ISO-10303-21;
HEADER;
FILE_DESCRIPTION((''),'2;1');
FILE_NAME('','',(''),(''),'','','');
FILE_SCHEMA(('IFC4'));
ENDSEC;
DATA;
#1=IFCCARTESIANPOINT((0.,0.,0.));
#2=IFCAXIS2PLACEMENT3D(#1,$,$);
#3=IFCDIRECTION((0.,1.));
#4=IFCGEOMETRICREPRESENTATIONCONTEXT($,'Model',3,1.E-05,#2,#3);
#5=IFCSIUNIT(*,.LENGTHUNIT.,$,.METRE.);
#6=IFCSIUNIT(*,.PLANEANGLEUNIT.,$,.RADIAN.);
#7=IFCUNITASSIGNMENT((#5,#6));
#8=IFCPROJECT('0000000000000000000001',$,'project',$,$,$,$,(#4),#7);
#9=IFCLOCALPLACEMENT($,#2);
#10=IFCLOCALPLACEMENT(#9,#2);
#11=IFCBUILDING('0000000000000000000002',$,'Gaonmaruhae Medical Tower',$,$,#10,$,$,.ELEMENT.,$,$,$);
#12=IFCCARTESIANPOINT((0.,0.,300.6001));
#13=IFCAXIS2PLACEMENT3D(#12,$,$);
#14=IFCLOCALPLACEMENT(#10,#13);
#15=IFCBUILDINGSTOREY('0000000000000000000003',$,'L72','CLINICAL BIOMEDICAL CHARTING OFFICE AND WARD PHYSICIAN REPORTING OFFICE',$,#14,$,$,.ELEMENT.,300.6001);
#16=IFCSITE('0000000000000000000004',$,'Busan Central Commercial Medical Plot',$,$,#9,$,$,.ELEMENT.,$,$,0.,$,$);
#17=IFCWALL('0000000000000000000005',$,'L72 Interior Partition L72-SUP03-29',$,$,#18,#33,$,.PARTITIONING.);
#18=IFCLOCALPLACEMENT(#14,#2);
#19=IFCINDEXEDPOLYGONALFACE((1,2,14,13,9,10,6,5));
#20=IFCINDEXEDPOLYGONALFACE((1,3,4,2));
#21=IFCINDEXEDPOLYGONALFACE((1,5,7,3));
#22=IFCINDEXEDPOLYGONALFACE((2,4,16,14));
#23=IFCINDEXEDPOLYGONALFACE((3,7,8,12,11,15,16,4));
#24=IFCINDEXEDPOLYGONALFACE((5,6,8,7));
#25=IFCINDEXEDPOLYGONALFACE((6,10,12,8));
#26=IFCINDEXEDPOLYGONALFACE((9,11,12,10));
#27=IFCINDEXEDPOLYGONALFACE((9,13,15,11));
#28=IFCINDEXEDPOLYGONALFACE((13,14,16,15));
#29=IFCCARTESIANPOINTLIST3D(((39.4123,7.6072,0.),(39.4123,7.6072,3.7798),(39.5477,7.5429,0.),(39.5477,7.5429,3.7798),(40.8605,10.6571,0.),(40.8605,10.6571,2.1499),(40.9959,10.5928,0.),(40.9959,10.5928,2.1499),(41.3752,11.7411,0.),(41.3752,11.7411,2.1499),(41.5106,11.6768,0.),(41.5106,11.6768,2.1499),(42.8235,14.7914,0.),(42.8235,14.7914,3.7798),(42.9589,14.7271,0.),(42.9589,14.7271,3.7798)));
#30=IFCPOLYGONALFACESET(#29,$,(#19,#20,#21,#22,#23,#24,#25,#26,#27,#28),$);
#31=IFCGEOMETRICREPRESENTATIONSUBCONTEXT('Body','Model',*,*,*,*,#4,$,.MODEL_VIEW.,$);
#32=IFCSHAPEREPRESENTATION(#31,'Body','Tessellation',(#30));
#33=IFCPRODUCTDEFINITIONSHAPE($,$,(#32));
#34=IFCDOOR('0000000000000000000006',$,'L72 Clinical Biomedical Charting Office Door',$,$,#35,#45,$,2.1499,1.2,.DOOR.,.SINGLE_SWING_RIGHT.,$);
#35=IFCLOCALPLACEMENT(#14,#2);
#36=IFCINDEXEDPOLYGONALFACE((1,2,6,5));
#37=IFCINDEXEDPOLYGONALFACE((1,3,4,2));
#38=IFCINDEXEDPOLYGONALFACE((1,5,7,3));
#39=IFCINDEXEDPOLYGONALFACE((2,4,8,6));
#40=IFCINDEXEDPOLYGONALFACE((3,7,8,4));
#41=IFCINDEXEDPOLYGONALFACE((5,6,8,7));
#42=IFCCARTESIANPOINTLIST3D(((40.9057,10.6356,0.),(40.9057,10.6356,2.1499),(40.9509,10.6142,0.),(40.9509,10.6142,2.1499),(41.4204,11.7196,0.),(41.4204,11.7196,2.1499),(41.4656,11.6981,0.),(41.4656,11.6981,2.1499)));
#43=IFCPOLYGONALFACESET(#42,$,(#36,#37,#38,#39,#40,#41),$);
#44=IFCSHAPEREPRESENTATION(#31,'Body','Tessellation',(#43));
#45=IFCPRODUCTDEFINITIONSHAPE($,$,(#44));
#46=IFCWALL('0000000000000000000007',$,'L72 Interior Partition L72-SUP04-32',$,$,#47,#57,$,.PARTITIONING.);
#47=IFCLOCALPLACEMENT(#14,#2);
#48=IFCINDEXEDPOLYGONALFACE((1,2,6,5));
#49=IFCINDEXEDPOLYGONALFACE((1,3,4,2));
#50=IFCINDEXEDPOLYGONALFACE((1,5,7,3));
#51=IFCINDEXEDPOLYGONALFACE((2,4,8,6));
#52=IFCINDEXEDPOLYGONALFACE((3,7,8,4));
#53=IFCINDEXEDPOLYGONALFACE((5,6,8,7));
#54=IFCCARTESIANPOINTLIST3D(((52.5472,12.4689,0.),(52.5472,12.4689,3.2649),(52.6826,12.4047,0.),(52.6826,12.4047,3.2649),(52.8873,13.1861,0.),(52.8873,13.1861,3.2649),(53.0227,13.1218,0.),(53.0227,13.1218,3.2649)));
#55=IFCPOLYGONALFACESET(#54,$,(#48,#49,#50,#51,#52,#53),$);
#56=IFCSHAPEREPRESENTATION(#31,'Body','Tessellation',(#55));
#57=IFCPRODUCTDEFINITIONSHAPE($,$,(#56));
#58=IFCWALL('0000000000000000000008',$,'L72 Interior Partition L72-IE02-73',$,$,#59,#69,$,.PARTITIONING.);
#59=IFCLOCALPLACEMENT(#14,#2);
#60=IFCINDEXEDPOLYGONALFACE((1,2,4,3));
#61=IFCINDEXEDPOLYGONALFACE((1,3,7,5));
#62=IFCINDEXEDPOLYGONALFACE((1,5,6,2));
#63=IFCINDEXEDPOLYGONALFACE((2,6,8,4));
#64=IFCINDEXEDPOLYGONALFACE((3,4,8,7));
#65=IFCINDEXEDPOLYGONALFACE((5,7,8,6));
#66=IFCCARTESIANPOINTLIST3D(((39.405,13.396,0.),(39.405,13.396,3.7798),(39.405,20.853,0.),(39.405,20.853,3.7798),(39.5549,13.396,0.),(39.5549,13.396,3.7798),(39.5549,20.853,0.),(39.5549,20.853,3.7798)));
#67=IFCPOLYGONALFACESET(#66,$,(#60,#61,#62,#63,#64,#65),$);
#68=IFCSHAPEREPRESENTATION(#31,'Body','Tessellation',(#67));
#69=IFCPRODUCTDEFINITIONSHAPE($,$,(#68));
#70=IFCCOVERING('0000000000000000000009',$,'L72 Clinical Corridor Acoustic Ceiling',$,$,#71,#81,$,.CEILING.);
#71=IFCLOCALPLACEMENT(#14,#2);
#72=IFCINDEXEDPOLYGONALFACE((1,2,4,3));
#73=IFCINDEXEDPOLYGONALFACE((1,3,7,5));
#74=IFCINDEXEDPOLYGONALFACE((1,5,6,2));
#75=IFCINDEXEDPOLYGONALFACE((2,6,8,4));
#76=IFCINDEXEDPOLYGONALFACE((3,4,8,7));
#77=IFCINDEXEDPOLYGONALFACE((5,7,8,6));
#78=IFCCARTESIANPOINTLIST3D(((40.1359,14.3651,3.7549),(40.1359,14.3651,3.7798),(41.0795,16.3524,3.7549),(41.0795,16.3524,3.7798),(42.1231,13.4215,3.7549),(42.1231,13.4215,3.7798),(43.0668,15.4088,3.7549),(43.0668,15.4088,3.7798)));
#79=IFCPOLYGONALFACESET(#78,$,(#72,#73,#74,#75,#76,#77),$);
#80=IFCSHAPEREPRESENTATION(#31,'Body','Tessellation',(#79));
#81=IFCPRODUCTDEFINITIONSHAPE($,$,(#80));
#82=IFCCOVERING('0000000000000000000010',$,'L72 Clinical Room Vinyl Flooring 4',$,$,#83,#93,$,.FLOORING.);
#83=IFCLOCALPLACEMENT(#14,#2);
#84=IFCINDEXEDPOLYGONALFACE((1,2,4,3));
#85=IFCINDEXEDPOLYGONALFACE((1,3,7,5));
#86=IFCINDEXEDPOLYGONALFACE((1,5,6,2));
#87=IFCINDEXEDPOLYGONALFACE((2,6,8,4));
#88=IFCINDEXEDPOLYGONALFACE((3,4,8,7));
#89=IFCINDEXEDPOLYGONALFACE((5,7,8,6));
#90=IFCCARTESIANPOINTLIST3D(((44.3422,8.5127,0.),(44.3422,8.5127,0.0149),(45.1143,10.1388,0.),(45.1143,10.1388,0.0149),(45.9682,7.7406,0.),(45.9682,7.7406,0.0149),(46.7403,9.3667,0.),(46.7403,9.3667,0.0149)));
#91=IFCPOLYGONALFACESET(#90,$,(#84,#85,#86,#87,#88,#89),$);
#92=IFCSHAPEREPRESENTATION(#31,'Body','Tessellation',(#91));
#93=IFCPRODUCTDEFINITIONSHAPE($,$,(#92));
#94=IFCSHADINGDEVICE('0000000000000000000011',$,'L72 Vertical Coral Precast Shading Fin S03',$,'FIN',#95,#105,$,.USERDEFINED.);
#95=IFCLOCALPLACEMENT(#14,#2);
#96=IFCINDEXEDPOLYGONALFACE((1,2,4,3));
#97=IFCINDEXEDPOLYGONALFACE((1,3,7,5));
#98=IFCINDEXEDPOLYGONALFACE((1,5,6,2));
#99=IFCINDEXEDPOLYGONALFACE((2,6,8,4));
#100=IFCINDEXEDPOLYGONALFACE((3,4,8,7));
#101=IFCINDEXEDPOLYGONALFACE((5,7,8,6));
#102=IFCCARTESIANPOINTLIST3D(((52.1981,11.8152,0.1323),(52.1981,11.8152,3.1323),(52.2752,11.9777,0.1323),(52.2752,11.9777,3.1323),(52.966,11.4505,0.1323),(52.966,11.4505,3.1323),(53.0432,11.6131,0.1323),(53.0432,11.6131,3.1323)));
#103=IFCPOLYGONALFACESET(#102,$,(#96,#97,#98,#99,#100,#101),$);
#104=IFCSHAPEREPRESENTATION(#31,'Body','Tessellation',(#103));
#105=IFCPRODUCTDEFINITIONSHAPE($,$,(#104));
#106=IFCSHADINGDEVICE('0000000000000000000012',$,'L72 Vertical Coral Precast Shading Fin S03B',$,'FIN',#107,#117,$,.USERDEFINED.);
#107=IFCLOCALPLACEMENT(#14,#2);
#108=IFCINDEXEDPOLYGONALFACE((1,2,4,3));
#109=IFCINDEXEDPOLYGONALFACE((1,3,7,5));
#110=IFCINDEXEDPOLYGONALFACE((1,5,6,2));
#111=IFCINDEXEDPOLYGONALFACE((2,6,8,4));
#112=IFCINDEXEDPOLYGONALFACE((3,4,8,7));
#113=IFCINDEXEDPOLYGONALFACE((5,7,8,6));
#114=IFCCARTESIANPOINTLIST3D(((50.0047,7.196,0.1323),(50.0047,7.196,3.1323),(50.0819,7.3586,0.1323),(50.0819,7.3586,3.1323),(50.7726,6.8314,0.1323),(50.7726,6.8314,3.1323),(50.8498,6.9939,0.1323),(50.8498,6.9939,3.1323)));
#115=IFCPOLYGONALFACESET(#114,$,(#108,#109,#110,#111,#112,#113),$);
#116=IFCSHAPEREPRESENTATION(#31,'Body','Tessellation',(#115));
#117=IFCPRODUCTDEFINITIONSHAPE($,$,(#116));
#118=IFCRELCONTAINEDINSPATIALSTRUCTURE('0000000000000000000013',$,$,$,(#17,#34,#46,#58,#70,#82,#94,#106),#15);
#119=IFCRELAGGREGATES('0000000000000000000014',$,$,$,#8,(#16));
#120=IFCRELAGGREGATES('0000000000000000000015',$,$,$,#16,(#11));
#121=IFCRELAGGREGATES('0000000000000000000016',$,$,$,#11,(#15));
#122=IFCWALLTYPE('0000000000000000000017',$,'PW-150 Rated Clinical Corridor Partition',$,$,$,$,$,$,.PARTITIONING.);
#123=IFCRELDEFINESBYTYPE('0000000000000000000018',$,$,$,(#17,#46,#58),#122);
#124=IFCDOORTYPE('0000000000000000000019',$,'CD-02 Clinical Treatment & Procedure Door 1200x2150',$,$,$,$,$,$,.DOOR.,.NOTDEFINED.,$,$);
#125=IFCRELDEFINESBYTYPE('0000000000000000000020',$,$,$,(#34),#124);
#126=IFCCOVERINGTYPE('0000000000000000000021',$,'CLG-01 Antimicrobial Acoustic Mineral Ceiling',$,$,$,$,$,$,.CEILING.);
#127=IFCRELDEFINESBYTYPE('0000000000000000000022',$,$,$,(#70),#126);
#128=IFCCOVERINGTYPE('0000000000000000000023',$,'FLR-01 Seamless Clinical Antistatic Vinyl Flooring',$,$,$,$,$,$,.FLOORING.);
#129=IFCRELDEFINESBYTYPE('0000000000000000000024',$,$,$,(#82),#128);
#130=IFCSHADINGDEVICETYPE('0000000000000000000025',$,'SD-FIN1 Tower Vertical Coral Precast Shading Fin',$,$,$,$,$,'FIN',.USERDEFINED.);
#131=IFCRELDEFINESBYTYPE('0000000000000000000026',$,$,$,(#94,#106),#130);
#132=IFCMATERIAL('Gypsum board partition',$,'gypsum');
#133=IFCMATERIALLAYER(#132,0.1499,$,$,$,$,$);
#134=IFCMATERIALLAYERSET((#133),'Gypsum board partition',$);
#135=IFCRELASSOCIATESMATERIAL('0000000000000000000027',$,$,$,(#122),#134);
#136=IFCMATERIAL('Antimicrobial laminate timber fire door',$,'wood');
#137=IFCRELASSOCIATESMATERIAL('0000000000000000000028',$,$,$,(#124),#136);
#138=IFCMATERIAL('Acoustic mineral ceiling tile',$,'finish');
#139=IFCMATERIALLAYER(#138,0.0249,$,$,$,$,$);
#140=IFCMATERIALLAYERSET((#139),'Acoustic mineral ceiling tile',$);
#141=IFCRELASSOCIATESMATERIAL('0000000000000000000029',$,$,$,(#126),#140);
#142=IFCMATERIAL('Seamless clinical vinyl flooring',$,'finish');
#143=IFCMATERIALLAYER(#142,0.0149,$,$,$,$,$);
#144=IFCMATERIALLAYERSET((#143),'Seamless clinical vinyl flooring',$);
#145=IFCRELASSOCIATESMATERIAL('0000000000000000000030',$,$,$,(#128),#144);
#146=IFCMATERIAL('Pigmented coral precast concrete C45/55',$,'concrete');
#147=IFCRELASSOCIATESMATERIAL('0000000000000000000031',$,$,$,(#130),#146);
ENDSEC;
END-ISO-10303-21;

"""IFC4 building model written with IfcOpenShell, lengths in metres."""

from ifc_helpers import new_model, si_unit, direction, frame, frame_2d, origin, origin_2d, place, context, subcontext, project, spatial, rectangle, extrude, material, layer, layer_set, type_object, element, fill, save


model = new_model("IFC4")

# Units and contexts
model_context = context("Model", 3, precision=1e-05, world=origin(), true_north=direction((0.0, 1.0)))
body_context = subcontext(model_context, "Body", "Model", "MODEL_VIEW")
ifc_project = project(units=[si_unit("LENGTHUNIT", "METRE"), si_unit("PLANEANGLEUNIT", "RADIAN")], contexts=[model_context])

# Site, building, storey
site_placement = place(None, origin())
site = spatial("IfcSite", under=ifc_project, at=site_placement, Name="Busan Central Commercial Medical Plot", CompositionType="ELEMENT", RefElevation=0.0)
building_placement = place(site_placement, origin())
building = spatial("IfcBuilding", under=site, at=building_placement, Name="Gaonmaruhae Medical Tower", CompositionType="ELEMENT")
storey_placement = place(building_placement, frame((0.0, 0.0, 300.6001)))
storey = spatial("IfcBuildingStorey", under=building, at=storey_placement, Name="L72", Description="CLINICAL BIOMEDICAL CHARTING OFFICE AND WARD PHYSICIAN REPORTING OFFICE", CompositionType="ELEMENT", Elevation=300.6001)

# Shared definitions
ifc_material_1 = material(Name="Gypsum board partition", Category="gypsum")
ifc_layer_1 = layer(ifc_material_1, 0.1499)
ifc_layer_set_1 = layer_set([ifc_layer_1], Name="Gypsum board partition")
wall_type_1 = type_object("IfcWallType", Name="PW-150 Rated Clinical Corridor Partition", PredefinedType="PARTITIONING", material=ifc_layer_set_1)

# Wall, opening, door
wall_1_placement = place(storey_placement, frame((39.48, 7.575, 0.0), z_axis=(0.0, 0.0, 1.0), x_axis=(0.428923, 0.903341, 0.0)))
wall_1 = element("IfcWall", 1, at=wall_1_placement, inside=storey, type_object=wall_type_1, Name="L72 Interior Partition L72-SUP03-29", PredefinedType="PARTITIONING", context=body_context, shape_type="SweptSolid", body=[
    extrude(rectangle(XDim=7.9529, YDim=0.1499, at=frame_2d((3.9766, 0.0))), origin(), (0.0, 0.0, 1.0), 3.7798),
])
opening_1_placement = place(wall_1_placement, frame((3.3762, 0.0, 0.0)))
opening_1 = element("IfcOpeningElement", 2, at=opening_1_placement, cuts=wall_1, PredefinedType="OPENING", context=body_context, shape_type="SweptSolid", body=[
    extrude(rectangle(XDim=1.2, YDim=2.1499, at=frame_2d((0.6001, 1.075))), frame((0.0, 0.085, 0.0), z_axis=(0.0, -1.0, 0.0), x_axis=(1.0, 0.0, 0.0)), (0.0, 0.0, 1.0), 0.1699),
])
ifc_material_2 = material(Name="Antimicrobial laminate timber fire door", Category="wood")
door_type = type_object("IfcDoorType", Name="CD-02 Clinical Treatment & Procedure Door 1200x2150", OperationType="NOTDEFINED", PredefinedType="DOOR", material=ifc_material_2)
door_placement = place(opening_1_placement, origin())
door = element("IfcDoor", 3, at=door_placement, inside=storey, type_object=door_type, Name="L72 Clinical Biomedical Charting Office Door", OperationType="SINGLE_SWING_RIGHT", OverallHeight=2.1499, OverallWidth=1.2, PredefinedType="DOOR", context=body_context, shape_type="SweptSolid", body=[
    extrude(rectangle(XDim=1.2, YDim=2.1499, at=frame_2d((0.6001, 1.075))), frame((0.0, 0.0249, 0.0), z_axis=(0.0, -1.0, 0.0), x_axis=(1.0, 0.0, 0.0)), (0.0, 0.0, 1.0), 0.05),
])
fill(opening_1, door)

# Walls
wall_2_placement = place(storey_placement, frame((52.9551, 13.1541, 0.0), z_axis=(0.0, 0.0, 1.0), x_axis=(-0.428536, -0.903525, 0.0)))
element("IfcWall", 4, at=wall_2_placement, inside=storey, type_object=wall_type_1, Name="L72 Interior Partition L72-SUP04-32", PredefinedType="PARTITIONING", context=body_context, shape_type="SweptSolid", body=[
    extrude(rectangle(XDim=0.7937, YDim=0.1499, at=frame_2d((0.397, 0.0))), origin(), (0.0, 0.0, 1.0), 3.2649),
])
wall_3_placement = place(storey_placement, frame((39.48, 13.396, 0.0), z_axis=(0.0, 0.0, 1.0), x_axis=(0.0, 1.0, 0.0)))
element("IfcWall", 5, at=wall_3_placement, inside=storey, type_object=wall_type_1, Name="L72 Interior Partition L72-IE02-73", PredefinedType="PARTITIONING", context=body_context, shape_type="SweptSolid", body=[
    extrude(rectangle(XDim=7.457, YDim=0.1499, at=frame_2d((3.7285, 0.0))), origin(), (0.0, 0.0, 1.0), 3.7798),
])

# Coverings
ifc_material_3 = material(Name="Acoustic mineral ceiling tile", Category="finish")
ifc_layer_2 = layer(ifc_material_3, 0.0249)
ifc_layer_set_2 = layer_set([ifc_layer_2], Name="Acoustic mineral ceiling tile")
covering_type_1 = type_object("IfcCoveringType", Name="CLG-01 Antimicrobial Acoustic Mineral Ceiling", PredefinedType="CEILING", material=ifc_layer_set_2)
covering_1_placement = place(storey_placement, frame((41.6013, 14.887, 3.7549), z_axis=(0.0, 0.0, 1.0), x_axis=(0.428935, 0.903335, 0.0)))
element("IfcCovering", 6, at=covering_1_placement, inside=storey, type_object=covering_type_1, Name="L72 Clinical Corridor Acoustic Ceiling", PredefinedType="CEILING", context=body_context, shape_type="SweptSolid", body=[
    extrude(rectangle(XDim=2.2, YDim=2.2, at=origin_2d()), origin(), (0.0, 0.0, 1.0), 0.0249),
])
ifc_material_4 = material(Name="Seamless clinical vinyl flooring", Category="finish")
ifc_layer_3 = layer(ifc_material_4, 0.0149)
ifc_layer_set_3 = layer_set([ifc_layer_3], Name="Seamless clinical vinyl flooring")
covering_type_2 = type_object("IfcCoveringType", Name="FLR-01 Seamless Clinical Antistatic Vinyl Flooring", PredefinedType="FLOORING", material=ifc_layer_set_3)
covering_2_placement = place(storey_placement, frame((45.5413, 8.9397, 0.0), z_axis=(0.0, 0.0, 1.0), x_axis=(0.428935, 0.903335, 0.0)))
element("IfcCovering", 7, at=covering_2_placement, inside=storey, type_object=covering_type_2, Name="L72 Clinical Room Vinyl Flooring 4", PredefinedType="FLOORING", context=body_context, shape_type="SweptSolid", body=[
    extrude(rectangle(XDim=1.8, YDim=1.8, at=origin_2d()), origin(), (0.0, 0.0, 1.0), 0.0149),
])

# Shading devices
ifc_material_5 = material(Name="Pigmented coral precast concrete C45/55", Category="concrete")
shading_device_type = type_object("IfcShadingDeviceType", Name="SD-FIN1 Tower Vertical Coral Precast Shading Fin", ElementType="FIN", PredefinedType="USERDEFINED", material=ifc_material_5)
for number, where, z_axis, x_axis, name in (
    (8, (52.6206, 11.7141, 0.1323), (0.0, 0.0, 1.0), (-0.428935, -0.903335, 0.0), "L72 Vertical Coral Precast Shading Fin S03"),
    (9, (50.4272, 7.095, 0.1323), (0.0, 0.0, 1.0), (-0.428935, -0.903335, 0.0), "L72 Vertical Coral Precast Shading Fin S03B"),
):
    element("IfcShadingDevice", number, at=place(storey_placement, frame(where, z_axis=z_axis, x_axis=x_axis)), inside=storey, type_object=shading_device_type, Name=name, ObjectType="FIN", PredefinedType="USERDEFINED", context=body_context, shape_type="SweptSolid", body=[
        extrude(rectangle(XDim=0.1799, YDim=0.8501, at=origin_2d()), origin(), (0.0, 0.0, 1.0), 3.0),
    ])

save(model, "model.ifc")
